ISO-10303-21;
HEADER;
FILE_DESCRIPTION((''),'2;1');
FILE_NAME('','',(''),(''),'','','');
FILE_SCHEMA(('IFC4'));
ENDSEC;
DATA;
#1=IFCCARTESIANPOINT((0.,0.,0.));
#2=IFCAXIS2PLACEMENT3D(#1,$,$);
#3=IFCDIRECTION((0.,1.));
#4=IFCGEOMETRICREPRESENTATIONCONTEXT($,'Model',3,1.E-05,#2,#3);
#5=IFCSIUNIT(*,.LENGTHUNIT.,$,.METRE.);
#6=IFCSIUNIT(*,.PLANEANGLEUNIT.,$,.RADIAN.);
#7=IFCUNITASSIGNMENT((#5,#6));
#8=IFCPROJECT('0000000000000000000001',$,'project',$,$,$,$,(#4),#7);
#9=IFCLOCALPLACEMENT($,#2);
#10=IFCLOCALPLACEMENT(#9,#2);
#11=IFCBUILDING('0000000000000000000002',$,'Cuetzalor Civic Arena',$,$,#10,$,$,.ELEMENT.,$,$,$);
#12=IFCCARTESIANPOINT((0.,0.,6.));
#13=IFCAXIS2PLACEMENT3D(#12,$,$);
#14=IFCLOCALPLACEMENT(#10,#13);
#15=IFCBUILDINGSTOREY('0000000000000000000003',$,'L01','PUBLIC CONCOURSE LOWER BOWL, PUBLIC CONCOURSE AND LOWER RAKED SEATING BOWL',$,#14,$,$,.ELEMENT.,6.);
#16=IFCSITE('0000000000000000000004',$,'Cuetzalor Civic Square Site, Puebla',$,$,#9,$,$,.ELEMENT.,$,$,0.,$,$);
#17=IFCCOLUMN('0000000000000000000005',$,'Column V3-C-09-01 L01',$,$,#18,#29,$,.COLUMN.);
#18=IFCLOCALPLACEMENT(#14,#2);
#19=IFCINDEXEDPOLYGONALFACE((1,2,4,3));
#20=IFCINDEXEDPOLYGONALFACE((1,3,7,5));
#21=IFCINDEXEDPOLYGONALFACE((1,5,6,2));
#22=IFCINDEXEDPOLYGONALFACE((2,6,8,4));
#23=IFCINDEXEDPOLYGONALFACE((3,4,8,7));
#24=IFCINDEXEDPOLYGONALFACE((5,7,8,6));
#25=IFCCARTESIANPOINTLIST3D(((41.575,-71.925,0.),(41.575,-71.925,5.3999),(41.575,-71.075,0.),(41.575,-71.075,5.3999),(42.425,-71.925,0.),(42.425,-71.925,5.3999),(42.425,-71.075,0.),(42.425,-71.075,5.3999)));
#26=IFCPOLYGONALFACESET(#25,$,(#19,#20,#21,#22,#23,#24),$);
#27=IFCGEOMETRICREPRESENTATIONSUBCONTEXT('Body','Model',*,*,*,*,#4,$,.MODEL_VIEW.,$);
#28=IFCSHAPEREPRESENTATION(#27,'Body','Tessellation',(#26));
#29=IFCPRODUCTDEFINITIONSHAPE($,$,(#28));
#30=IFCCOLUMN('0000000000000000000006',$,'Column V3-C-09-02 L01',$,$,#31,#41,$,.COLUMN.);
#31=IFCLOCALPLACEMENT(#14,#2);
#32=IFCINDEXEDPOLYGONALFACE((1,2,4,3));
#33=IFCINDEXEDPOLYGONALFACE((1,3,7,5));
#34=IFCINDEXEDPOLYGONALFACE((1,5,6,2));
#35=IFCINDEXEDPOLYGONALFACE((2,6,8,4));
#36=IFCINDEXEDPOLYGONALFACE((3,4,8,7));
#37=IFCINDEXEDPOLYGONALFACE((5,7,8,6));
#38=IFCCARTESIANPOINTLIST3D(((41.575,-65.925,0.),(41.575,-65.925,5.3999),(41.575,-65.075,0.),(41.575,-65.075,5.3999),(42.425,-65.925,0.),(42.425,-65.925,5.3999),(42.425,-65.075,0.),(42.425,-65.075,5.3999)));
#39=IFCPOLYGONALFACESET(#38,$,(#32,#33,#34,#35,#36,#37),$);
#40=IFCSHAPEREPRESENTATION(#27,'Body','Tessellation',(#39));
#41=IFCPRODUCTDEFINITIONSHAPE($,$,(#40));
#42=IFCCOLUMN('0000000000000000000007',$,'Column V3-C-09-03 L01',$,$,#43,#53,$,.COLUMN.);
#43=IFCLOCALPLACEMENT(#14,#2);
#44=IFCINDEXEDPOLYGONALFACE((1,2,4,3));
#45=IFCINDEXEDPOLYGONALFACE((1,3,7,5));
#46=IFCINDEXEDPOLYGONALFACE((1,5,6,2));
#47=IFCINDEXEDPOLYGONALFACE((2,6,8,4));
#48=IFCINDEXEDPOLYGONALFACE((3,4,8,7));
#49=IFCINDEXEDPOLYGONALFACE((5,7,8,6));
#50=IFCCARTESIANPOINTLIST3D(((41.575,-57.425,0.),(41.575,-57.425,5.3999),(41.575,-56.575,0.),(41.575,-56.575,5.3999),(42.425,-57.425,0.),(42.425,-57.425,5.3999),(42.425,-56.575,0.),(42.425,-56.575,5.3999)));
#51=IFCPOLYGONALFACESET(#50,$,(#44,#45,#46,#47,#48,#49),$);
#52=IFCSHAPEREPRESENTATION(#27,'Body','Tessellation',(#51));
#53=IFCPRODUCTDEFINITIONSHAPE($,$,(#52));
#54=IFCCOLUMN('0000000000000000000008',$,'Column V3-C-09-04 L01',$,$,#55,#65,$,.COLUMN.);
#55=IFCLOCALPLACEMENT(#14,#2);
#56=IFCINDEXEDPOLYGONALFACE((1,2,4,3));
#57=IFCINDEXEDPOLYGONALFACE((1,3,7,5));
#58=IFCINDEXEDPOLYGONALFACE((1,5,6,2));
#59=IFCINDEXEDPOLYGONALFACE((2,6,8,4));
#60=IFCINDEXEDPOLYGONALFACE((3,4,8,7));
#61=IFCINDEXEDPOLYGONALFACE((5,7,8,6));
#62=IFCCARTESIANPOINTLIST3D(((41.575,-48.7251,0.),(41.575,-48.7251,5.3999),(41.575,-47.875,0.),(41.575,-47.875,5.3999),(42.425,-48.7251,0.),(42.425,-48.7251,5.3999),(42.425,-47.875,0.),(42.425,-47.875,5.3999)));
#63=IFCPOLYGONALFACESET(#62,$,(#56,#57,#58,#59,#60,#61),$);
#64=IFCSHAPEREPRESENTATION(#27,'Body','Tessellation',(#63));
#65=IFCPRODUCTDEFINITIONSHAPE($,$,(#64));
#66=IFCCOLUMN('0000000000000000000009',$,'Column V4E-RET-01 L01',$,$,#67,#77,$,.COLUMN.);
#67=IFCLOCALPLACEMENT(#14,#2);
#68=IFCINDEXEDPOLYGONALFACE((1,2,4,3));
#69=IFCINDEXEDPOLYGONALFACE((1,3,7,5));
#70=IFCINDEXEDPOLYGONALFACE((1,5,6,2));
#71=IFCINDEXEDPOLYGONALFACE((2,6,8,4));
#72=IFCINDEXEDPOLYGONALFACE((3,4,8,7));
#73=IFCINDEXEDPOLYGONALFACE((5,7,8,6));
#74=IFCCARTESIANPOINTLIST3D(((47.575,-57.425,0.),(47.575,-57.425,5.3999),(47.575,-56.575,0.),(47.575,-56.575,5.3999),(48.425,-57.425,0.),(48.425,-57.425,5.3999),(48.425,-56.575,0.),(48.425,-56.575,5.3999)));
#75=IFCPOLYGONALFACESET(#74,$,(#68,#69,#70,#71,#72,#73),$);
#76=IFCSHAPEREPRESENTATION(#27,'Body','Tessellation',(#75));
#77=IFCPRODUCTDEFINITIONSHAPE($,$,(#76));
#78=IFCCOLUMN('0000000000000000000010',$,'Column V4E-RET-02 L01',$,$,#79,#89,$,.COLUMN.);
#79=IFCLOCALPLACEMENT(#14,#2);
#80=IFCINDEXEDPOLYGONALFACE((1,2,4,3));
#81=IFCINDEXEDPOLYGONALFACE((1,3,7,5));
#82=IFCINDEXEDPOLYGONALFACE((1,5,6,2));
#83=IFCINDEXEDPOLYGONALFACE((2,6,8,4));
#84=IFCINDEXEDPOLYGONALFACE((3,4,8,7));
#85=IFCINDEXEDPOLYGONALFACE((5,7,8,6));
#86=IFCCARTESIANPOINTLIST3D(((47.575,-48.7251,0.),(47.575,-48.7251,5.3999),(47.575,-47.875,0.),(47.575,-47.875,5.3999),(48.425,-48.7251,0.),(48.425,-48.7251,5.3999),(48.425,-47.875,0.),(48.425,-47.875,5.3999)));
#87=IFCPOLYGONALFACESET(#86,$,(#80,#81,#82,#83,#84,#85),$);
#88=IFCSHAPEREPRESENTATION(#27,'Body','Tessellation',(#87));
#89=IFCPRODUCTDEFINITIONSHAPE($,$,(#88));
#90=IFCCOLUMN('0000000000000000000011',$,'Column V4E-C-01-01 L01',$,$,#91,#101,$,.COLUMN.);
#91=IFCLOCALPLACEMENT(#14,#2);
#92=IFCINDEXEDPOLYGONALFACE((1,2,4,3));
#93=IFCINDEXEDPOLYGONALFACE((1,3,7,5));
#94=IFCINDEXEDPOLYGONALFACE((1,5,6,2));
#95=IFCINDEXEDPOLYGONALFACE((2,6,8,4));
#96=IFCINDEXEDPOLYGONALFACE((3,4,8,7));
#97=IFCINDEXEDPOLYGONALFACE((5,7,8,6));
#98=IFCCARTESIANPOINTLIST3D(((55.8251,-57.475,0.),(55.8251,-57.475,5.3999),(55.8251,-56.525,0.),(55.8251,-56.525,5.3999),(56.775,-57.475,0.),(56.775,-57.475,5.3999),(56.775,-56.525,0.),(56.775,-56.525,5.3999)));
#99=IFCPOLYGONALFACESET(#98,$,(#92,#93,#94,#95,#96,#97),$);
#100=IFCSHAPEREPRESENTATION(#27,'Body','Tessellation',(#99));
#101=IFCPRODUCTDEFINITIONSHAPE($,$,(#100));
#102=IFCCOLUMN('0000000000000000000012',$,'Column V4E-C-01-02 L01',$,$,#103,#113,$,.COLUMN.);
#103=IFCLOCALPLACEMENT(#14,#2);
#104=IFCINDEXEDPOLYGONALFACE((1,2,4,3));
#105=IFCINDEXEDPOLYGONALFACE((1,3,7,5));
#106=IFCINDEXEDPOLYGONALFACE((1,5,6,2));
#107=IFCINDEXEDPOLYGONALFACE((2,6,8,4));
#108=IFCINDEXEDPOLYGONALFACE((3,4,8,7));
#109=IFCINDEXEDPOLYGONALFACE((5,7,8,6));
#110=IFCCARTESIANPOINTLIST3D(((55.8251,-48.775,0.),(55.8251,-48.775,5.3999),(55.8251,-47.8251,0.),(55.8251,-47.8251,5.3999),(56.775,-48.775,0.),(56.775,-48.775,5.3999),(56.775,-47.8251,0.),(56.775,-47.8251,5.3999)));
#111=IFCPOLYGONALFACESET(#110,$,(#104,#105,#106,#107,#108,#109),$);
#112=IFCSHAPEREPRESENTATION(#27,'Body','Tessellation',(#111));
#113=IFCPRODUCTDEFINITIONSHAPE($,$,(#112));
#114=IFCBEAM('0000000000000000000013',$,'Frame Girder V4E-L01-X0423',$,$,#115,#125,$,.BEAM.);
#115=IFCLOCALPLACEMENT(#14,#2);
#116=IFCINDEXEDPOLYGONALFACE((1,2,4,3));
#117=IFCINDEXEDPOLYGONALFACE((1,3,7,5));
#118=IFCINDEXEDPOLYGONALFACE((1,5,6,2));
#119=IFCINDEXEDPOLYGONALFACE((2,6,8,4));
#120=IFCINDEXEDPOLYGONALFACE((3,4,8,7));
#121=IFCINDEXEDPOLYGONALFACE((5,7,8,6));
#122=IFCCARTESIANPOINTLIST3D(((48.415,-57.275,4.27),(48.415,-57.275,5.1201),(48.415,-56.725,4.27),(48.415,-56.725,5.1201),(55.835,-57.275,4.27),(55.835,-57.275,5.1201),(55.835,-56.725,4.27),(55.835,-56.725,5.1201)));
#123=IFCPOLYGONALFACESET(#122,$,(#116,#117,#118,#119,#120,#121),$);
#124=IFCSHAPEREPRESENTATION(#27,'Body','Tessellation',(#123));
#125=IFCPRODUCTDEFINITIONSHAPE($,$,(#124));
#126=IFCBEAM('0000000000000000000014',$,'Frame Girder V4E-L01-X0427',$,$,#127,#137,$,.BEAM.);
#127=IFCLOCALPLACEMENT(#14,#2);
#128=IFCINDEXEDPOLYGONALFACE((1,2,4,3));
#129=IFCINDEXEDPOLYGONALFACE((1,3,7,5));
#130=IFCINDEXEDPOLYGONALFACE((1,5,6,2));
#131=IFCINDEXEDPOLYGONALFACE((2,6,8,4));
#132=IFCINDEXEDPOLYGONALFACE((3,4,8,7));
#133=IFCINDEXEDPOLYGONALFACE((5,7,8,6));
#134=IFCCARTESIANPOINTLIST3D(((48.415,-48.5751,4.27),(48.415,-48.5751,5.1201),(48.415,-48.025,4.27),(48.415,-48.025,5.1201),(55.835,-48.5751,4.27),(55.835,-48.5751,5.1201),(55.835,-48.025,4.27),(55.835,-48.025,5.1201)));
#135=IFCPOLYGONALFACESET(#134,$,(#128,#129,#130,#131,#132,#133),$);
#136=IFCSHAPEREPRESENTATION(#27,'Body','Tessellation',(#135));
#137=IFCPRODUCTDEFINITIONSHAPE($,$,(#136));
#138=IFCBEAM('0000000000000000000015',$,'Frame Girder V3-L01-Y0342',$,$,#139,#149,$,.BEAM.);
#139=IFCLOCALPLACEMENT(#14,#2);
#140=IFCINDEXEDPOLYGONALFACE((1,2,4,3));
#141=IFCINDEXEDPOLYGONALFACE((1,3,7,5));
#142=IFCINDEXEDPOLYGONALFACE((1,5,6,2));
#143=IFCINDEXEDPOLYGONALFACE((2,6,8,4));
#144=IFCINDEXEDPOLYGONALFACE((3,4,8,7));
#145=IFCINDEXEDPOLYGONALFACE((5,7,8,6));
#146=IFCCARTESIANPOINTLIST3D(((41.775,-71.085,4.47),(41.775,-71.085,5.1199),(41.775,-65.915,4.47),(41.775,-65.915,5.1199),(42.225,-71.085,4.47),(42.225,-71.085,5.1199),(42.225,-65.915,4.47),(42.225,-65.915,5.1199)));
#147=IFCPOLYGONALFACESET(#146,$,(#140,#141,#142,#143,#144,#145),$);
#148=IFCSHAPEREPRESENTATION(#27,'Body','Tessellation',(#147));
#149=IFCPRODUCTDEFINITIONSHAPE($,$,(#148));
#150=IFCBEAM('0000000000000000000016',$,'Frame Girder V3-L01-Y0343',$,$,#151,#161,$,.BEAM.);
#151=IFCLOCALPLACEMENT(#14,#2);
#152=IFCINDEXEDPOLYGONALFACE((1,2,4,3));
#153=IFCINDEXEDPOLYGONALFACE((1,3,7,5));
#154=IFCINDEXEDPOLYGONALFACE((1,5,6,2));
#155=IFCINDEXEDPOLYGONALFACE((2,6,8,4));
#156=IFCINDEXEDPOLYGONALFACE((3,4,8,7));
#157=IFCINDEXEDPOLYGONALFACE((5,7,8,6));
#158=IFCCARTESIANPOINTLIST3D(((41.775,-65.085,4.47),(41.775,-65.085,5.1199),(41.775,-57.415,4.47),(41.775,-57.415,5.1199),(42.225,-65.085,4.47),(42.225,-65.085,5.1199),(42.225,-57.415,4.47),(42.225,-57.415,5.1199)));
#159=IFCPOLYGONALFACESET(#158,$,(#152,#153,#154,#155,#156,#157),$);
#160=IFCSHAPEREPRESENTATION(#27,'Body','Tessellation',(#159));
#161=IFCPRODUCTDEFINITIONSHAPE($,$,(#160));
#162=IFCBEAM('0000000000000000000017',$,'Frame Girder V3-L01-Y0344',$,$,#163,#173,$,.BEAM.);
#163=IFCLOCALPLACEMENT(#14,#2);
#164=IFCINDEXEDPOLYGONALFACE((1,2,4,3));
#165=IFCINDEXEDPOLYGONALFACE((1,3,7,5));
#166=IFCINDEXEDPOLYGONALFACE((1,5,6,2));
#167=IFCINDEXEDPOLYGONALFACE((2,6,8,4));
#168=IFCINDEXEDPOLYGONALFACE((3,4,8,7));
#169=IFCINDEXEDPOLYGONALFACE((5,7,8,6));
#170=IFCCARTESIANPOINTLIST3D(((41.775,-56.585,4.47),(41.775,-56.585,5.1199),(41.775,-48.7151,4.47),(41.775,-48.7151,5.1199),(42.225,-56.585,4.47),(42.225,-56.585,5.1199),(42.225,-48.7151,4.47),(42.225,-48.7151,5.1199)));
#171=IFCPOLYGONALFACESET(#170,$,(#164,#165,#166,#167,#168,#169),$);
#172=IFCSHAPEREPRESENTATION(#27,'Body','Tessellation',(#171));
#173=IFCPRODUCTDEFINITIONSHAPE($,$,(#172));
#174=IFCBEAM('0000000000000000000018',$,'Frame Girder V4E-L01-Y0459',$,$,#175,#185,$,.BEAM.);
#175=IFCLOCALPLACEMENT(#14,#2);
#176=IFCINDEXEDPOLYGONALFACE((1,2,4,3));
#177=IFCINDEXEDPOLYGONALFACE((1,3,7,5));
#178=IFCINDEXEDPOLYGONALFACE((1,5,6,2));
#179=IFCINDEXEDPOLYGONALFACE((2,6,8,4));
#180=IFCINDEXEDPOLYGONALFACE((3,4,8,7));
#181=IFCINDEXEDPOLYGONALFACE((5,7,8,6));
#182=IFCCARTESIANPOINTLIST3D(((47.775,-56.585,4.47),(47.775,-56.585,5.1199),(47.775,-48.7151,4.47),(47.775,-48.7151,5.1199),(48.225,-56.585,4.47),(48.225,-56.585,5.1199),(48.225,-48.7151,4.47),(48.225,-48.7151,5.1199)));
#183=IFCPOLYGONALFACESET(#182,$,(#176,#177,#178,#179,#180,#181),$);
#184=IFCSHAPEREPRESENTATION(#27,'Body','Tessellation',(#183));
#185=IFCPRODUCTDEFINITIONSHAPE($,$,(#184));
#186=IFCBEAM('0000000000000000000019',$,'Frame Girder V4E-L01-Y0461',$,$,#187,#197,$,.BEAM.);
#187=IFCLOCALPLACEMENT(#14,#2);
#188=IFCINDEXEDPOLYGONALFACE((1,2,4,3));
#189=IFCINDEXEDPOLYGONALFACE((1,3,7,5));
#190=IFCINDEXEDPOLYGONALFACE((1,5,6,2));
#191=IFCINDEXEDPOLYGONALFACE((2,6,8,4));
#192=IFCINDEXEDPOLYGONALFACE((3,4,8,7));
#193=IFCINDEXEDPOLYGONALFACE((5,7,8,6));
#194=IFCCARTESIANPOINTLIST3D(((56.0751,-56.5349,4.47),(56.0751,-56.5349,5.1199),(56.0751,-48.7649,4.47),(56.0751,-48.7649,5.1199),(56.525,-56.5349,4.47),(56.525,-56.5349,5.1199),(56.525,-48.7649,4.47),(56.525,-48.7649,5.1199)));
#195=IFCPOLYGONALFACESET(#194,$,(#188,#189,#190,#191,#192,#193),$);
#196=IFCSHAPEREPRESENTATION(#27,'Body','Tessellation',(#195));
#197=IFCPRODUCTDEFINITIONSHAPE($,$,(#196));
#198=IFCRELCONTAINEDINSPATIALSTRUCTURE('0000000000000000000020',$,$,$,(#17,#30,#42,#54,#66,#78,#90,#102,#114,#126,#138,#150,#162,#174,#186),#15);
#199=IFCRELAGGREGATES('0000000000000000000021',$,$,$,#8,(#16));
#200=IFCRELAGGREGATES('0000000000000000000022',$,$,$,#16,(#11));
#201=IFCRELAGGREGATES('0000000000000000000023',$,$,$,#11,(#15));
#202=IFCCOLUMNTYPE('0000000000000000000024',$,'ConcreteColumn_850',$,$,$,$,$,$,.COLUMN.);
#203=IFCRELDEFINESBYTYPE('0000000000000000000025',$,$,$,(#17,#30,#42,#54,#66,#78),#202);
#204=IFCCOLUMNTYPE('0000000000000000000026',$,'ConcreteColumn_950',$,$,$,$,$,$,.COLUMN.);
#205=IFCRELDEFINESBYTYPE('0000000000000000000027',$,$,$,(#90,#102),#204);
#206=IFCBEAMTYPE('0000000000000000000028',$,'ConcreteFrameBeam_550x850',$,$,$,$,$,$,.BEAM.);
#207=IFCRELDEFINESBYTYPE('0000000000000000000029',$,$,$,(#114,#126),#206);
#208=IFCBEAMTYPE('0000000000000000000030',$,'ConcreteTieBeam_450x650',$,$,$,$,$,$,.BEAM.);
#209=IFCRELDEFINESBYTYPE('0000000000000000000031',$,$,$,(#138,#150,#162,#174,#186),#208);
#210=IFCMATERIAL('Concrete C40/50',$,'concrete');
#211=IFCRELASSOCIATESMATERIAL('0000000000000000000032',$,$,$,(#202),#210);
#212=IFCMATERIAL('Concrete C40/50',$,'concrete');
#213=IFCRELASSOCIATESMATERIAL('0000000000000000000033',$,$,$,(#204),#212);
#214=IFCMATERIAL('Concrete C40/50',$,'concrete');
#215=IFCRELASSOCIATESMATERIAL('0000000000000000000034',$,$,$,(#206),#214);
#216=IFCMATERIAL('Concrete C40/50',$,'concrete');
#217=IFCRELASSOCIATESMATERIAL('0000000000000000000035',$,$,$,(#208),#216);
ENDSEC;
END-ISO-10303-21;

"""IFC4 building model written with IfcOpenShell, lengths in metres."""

from ifc_helpers import new_model, si_unit, direction, frame, origin, origin_2d, place, context, subcontext, project, spatial, rectangle, extrude, material, material_profile, profile_set, type_object, element, save


model = new_model("IFC4")

# Units and contexts
model_context = context("Model", 3, precision=1e-05, world=origin(), true_north=direction((0.0, 1.0)))
body_context = subcontext(model_context, "Body", "Model", "MODEL_VIEW")
ifc_project = project(units=[si_unit("LENGTHUNIT", "METRE"), si_unit("PLANEANGLEUNIT", "RADIAN")], contexts=[model_context])

# Site, building, storey
site_placement = place(None, origin())
site = spatial("IfcSite", under=ifc_project, at=site_placement, Name="Cuetzalor Civic Square Site, Puebla", CompositionType="ELEMENT", RefElevation=0.0)
building_placement = place(site_placement, origin())
building = spatial("IfcBuilding", under=site, at=building_placement, Name="Cuetzalor Civic Arena", CompositionType="ELEMENT")
storey_placement = place(building_placement, frame((0.0, 0.0, 6.0)))
storey = spatial("IfcBuildingStorey", under=building, at=storey_placement, Name="L01", Description="PUBLIC CONCOURSE LOWER BOWL, PUBLIC CONCOURSE AND LOWER RAKED SEATING BOWL", CompositionType="ELEMENT", Elevation=6.0)

# Columns
ifc_material_1 = material(Name="Concrete C40/50", Category="concrete")
ifc_material_profile_1 = material_profile(ifc_material_1, rectangle(XDim=0.8501, YDim=0.8501, at=origin_2d()), Name="RC 850x850")
ifc_profile_set_1 = profile_set([ifc_material_profile_1], Name="Concrete C40/50")
column_type_1 = type_object("IfcColumnType", Name="ConcreteColumn_850", PredefinedType="COLUMN", material=ifc_profile_set_1)
for number, where, z_axis, x_axis, name in (
    (1, (42.0, -71.5, 0.0), (0.0, 0.0, 1.0), (1.0, 0.0, 0.0), "Column V3-C-09-01 L01"),
    (2, (42.0, -65.5, 0.0), (0.0, 0.0, 1.0), (1.0, 0.0, 0.0), "Column V3-C-09-02 L01"),
    (3, (42.0, -57.0, 0.0), (0.0, 0.0, 1.0), (1.0, 0.0, 0.0), "Column V3-C-09-03 L01"),
    (4, (42.0, -48.3, 0.0), (0.0, 0.0, 1.0), (1.0, 0.0, 0.0), "Column V3-C-09-04 L01"),
    (5, (48.0, -57.0, 0.0), (0.0, 0.0, 1.0), (1.0, 0.0, 0.0), "Column V4E-RET-01 L01"),
    (6, (48.0, -48.3, 0.0), (0.0, 0.0, 1.0), (1.0, 0.0, 0.0), "Column V4E-RET-02 L01"),
):
    element("IfcColumn", number, at=place(storey_placement, frame(where, z_axis=z_axis, x_axis=x_axis)), inside=storey, type_object=column_type_1, Name=name, PredefinedType="COLUMN", context=body_context, shape_type="SweptSolid", body=[
        extrude(rectangle(XDim=0.8501, YDim=0.8501, at=origin_2d()), origin(), (0.0, 0.0, 1.0), 5.3999),
    ])
ifc_material_2 = material(Name="Concrete C40/50", Category="concrete")
ifc_material_profile_2 = material_profile(ifc_material_2, rectangle(XDim=0.95, YDim=0.95, at=origin_2d()), Name="RC 950x950")
ifc_profile_set_2 = profile_set([ifc_material_profile_2], Name="Concrete C40/50")
column_type_2 = type_object("IfcColumnType", Name="ConcreteColumn_950", PredefinedType="COLUMN", material=ifc_profile_set_2)
for number, where, z_axis, x_axis, name in (
    (7, (56.3, -57.0, 0.0), (0.0, 0.0, 1.0), (1.0, 0.0, 0.0), "Column V4E-C-01-01 L01"),
    (8, (56.3, -48.3, 0.0), (0.0, 0.0, 1.0), (1.0, 0.0, 0.0), "Column V4E-C-01-02 L01"),
):
    element("IfcColumn", number, at=place(storey_placement, frame(where, z_axis=z_axis, x_axis=x_axis)), inside=storey, type_object=column_type_2, Name=name, PredefinedType="COLUMN", context=body_context, shape_type="SweptSolid", body=[
        extrude(rectangle(XDim=0.95, YDim=0.95, at=origin_2d()), origin(), (0.0, 0.0, 1.0), 5.3999),
    ])

# Beams
ifc_material_3 = material(Name="Concrete C40/50", Category="concrete")
ifc_material_profile_3 = material_profile(ifc_material_3, rectangle(XDim=0.55, YDim=0.8501, at=origin_2d()), Name="RC 550x850")
ifc_profile_set_3 = profile_set([ifc_material_profile_3], Name="Concrete C40/50")
beam_type_1 = type_object("IfcBeamType", Name="ConcreteFrameBeam_550x850", PredefinedType="BEAM", material=ifc_profile_set_3)
for number, where, z_axis, x_axis, name in (
    (9, (48.415, -57.0, 4.6951), (1.0, 0.0, 0.0), (0.0, 1.0, 0.0), "Frame Girder V4E-L01-X0423"),
    (10, (48.415, -48.3, 4.6951), (1.0, 0.0, 0.0), (0.0, 1.0, 0.0), "Frame Girder V4E-L01-X0427"),
):
    element("IfcBeam", number, at=place(storey_placement, frame(where, z_axis=z_axis, x_axis=x_axis)), inside=storey, type_object=beam_type_1, Name=name, PredefinedType="BEAM", context=body_context, shape_type="SweptSolid", body=[
        extrude(rectangle(XDim=0.55, YDim=0.8501, at=origin_2d()), origin(), (0.0, 0.0, 1.0), 7.4199),
    ])
ifc_material_4 = material(Name="Concrete C40/50", Category="concrete")
ifc_material_profile_4 = material_profile(ifc_material_4, rectangle(XDim=0.45, YDim=0.6499, at=origin_2d()), Name="RC 450x650")
ifc_profile_set_4 = profile_set([ifc_material_profile_4], Name="Concrete C40/50")
beam_type_2 = type_object("IfcBeamType", Name="ConcreteTieBeam_450x650", PredefinedType="BEAM", material=ifc_profile_set_4)
beam_1_placement = place(storey_placement, frame((42.0, -71.085, 4.7949), z_axis=(0.0, 1.0, 0.0), x_axis=(-1.0, 0.0, 0.0)))
element("IfcBeam", 11, at=beam_1_placement, inside=storey, type_object=beam_type_2, Name="Frame Girder V3-L01-Y0342", PredefinedType="BEAM", context=body_context, shape_type="SweptSolid", body=[
    extrude(rectangle(XDim=0.45, YDim=0.6499, at=origin_2d()), origin(), (0.0, 0.0, 1.0), 5.1699),
])
beam_2_placement = place(storey_placement, frame((42.0, -65.085, 4.7949), z_axis=(0.0, 1.0, 0.0), x_axis=(-1.0, 0.0, 0.0)))
element("IfcBeam", 12, at=beam_2_placement, inside=storey, type_object=beam_type_2, Name="Frame Girder V3-L01-Y0343", PredefinedType="BEAM", context=body_context, shape_type="SweptSolid", body=[
    extrude(rectangle(XDim=0.45, YDim=0.6499, at=origin_2d()), origin(), (0.0, 0.0, 1.0), 7.6699),
])
for number, where, z_axis, x_axis, name in (
    (13, (42.0, -56.585, 4.7949), (0.0, 1.0, 0.0), (-1.0, 0.0, 0.0), "Frame Girder V3-L01-Y0344"),
    (14, (48.0, -56.585, 4.7949), (0.0, 1.0, 0.0), (-1.0, 0.0, 0.0), "Frame Girder V4E-L01-Y0459"),
):
    element("IfcBeam", number, at=place(storey_placement, frame(where, z_axis=z_axis, x_axis=x_axis)), inside=storey, type_object=beam_type_2, Name=name, PredefinedType="BEAM", context=body_context, shape_type="SweptSolid", body=[
        extrude(rectangle(XDim=0.45, YDim=0.6499, at=origin_2d()), origin(), (0.0, 0.0, 1.0), 7.8699),
    ])
beam_3_placement = place(storey_placement, frame((56.3, -56.5349, 4.7949), z_axis=(0.0, 1.0, 0.0), x_axis=(-1.0, 0.0, 0.0)))
element("IfcBeam", 15, at=beam_3_placement, inside=storey, type_object=beam_type_2, Name="Frame Girder V4E-L01-Y0461", PredefinedType="BEAM", context=body_context, shape_type="SweptSolid", body=[
    extrude(rectangle(XDim=0.45, YDim=0.6499, at=origin_2d()), origin(), (0.0, 0.0, 1.0), 7.77),
])

save(model, "model.ifc")
